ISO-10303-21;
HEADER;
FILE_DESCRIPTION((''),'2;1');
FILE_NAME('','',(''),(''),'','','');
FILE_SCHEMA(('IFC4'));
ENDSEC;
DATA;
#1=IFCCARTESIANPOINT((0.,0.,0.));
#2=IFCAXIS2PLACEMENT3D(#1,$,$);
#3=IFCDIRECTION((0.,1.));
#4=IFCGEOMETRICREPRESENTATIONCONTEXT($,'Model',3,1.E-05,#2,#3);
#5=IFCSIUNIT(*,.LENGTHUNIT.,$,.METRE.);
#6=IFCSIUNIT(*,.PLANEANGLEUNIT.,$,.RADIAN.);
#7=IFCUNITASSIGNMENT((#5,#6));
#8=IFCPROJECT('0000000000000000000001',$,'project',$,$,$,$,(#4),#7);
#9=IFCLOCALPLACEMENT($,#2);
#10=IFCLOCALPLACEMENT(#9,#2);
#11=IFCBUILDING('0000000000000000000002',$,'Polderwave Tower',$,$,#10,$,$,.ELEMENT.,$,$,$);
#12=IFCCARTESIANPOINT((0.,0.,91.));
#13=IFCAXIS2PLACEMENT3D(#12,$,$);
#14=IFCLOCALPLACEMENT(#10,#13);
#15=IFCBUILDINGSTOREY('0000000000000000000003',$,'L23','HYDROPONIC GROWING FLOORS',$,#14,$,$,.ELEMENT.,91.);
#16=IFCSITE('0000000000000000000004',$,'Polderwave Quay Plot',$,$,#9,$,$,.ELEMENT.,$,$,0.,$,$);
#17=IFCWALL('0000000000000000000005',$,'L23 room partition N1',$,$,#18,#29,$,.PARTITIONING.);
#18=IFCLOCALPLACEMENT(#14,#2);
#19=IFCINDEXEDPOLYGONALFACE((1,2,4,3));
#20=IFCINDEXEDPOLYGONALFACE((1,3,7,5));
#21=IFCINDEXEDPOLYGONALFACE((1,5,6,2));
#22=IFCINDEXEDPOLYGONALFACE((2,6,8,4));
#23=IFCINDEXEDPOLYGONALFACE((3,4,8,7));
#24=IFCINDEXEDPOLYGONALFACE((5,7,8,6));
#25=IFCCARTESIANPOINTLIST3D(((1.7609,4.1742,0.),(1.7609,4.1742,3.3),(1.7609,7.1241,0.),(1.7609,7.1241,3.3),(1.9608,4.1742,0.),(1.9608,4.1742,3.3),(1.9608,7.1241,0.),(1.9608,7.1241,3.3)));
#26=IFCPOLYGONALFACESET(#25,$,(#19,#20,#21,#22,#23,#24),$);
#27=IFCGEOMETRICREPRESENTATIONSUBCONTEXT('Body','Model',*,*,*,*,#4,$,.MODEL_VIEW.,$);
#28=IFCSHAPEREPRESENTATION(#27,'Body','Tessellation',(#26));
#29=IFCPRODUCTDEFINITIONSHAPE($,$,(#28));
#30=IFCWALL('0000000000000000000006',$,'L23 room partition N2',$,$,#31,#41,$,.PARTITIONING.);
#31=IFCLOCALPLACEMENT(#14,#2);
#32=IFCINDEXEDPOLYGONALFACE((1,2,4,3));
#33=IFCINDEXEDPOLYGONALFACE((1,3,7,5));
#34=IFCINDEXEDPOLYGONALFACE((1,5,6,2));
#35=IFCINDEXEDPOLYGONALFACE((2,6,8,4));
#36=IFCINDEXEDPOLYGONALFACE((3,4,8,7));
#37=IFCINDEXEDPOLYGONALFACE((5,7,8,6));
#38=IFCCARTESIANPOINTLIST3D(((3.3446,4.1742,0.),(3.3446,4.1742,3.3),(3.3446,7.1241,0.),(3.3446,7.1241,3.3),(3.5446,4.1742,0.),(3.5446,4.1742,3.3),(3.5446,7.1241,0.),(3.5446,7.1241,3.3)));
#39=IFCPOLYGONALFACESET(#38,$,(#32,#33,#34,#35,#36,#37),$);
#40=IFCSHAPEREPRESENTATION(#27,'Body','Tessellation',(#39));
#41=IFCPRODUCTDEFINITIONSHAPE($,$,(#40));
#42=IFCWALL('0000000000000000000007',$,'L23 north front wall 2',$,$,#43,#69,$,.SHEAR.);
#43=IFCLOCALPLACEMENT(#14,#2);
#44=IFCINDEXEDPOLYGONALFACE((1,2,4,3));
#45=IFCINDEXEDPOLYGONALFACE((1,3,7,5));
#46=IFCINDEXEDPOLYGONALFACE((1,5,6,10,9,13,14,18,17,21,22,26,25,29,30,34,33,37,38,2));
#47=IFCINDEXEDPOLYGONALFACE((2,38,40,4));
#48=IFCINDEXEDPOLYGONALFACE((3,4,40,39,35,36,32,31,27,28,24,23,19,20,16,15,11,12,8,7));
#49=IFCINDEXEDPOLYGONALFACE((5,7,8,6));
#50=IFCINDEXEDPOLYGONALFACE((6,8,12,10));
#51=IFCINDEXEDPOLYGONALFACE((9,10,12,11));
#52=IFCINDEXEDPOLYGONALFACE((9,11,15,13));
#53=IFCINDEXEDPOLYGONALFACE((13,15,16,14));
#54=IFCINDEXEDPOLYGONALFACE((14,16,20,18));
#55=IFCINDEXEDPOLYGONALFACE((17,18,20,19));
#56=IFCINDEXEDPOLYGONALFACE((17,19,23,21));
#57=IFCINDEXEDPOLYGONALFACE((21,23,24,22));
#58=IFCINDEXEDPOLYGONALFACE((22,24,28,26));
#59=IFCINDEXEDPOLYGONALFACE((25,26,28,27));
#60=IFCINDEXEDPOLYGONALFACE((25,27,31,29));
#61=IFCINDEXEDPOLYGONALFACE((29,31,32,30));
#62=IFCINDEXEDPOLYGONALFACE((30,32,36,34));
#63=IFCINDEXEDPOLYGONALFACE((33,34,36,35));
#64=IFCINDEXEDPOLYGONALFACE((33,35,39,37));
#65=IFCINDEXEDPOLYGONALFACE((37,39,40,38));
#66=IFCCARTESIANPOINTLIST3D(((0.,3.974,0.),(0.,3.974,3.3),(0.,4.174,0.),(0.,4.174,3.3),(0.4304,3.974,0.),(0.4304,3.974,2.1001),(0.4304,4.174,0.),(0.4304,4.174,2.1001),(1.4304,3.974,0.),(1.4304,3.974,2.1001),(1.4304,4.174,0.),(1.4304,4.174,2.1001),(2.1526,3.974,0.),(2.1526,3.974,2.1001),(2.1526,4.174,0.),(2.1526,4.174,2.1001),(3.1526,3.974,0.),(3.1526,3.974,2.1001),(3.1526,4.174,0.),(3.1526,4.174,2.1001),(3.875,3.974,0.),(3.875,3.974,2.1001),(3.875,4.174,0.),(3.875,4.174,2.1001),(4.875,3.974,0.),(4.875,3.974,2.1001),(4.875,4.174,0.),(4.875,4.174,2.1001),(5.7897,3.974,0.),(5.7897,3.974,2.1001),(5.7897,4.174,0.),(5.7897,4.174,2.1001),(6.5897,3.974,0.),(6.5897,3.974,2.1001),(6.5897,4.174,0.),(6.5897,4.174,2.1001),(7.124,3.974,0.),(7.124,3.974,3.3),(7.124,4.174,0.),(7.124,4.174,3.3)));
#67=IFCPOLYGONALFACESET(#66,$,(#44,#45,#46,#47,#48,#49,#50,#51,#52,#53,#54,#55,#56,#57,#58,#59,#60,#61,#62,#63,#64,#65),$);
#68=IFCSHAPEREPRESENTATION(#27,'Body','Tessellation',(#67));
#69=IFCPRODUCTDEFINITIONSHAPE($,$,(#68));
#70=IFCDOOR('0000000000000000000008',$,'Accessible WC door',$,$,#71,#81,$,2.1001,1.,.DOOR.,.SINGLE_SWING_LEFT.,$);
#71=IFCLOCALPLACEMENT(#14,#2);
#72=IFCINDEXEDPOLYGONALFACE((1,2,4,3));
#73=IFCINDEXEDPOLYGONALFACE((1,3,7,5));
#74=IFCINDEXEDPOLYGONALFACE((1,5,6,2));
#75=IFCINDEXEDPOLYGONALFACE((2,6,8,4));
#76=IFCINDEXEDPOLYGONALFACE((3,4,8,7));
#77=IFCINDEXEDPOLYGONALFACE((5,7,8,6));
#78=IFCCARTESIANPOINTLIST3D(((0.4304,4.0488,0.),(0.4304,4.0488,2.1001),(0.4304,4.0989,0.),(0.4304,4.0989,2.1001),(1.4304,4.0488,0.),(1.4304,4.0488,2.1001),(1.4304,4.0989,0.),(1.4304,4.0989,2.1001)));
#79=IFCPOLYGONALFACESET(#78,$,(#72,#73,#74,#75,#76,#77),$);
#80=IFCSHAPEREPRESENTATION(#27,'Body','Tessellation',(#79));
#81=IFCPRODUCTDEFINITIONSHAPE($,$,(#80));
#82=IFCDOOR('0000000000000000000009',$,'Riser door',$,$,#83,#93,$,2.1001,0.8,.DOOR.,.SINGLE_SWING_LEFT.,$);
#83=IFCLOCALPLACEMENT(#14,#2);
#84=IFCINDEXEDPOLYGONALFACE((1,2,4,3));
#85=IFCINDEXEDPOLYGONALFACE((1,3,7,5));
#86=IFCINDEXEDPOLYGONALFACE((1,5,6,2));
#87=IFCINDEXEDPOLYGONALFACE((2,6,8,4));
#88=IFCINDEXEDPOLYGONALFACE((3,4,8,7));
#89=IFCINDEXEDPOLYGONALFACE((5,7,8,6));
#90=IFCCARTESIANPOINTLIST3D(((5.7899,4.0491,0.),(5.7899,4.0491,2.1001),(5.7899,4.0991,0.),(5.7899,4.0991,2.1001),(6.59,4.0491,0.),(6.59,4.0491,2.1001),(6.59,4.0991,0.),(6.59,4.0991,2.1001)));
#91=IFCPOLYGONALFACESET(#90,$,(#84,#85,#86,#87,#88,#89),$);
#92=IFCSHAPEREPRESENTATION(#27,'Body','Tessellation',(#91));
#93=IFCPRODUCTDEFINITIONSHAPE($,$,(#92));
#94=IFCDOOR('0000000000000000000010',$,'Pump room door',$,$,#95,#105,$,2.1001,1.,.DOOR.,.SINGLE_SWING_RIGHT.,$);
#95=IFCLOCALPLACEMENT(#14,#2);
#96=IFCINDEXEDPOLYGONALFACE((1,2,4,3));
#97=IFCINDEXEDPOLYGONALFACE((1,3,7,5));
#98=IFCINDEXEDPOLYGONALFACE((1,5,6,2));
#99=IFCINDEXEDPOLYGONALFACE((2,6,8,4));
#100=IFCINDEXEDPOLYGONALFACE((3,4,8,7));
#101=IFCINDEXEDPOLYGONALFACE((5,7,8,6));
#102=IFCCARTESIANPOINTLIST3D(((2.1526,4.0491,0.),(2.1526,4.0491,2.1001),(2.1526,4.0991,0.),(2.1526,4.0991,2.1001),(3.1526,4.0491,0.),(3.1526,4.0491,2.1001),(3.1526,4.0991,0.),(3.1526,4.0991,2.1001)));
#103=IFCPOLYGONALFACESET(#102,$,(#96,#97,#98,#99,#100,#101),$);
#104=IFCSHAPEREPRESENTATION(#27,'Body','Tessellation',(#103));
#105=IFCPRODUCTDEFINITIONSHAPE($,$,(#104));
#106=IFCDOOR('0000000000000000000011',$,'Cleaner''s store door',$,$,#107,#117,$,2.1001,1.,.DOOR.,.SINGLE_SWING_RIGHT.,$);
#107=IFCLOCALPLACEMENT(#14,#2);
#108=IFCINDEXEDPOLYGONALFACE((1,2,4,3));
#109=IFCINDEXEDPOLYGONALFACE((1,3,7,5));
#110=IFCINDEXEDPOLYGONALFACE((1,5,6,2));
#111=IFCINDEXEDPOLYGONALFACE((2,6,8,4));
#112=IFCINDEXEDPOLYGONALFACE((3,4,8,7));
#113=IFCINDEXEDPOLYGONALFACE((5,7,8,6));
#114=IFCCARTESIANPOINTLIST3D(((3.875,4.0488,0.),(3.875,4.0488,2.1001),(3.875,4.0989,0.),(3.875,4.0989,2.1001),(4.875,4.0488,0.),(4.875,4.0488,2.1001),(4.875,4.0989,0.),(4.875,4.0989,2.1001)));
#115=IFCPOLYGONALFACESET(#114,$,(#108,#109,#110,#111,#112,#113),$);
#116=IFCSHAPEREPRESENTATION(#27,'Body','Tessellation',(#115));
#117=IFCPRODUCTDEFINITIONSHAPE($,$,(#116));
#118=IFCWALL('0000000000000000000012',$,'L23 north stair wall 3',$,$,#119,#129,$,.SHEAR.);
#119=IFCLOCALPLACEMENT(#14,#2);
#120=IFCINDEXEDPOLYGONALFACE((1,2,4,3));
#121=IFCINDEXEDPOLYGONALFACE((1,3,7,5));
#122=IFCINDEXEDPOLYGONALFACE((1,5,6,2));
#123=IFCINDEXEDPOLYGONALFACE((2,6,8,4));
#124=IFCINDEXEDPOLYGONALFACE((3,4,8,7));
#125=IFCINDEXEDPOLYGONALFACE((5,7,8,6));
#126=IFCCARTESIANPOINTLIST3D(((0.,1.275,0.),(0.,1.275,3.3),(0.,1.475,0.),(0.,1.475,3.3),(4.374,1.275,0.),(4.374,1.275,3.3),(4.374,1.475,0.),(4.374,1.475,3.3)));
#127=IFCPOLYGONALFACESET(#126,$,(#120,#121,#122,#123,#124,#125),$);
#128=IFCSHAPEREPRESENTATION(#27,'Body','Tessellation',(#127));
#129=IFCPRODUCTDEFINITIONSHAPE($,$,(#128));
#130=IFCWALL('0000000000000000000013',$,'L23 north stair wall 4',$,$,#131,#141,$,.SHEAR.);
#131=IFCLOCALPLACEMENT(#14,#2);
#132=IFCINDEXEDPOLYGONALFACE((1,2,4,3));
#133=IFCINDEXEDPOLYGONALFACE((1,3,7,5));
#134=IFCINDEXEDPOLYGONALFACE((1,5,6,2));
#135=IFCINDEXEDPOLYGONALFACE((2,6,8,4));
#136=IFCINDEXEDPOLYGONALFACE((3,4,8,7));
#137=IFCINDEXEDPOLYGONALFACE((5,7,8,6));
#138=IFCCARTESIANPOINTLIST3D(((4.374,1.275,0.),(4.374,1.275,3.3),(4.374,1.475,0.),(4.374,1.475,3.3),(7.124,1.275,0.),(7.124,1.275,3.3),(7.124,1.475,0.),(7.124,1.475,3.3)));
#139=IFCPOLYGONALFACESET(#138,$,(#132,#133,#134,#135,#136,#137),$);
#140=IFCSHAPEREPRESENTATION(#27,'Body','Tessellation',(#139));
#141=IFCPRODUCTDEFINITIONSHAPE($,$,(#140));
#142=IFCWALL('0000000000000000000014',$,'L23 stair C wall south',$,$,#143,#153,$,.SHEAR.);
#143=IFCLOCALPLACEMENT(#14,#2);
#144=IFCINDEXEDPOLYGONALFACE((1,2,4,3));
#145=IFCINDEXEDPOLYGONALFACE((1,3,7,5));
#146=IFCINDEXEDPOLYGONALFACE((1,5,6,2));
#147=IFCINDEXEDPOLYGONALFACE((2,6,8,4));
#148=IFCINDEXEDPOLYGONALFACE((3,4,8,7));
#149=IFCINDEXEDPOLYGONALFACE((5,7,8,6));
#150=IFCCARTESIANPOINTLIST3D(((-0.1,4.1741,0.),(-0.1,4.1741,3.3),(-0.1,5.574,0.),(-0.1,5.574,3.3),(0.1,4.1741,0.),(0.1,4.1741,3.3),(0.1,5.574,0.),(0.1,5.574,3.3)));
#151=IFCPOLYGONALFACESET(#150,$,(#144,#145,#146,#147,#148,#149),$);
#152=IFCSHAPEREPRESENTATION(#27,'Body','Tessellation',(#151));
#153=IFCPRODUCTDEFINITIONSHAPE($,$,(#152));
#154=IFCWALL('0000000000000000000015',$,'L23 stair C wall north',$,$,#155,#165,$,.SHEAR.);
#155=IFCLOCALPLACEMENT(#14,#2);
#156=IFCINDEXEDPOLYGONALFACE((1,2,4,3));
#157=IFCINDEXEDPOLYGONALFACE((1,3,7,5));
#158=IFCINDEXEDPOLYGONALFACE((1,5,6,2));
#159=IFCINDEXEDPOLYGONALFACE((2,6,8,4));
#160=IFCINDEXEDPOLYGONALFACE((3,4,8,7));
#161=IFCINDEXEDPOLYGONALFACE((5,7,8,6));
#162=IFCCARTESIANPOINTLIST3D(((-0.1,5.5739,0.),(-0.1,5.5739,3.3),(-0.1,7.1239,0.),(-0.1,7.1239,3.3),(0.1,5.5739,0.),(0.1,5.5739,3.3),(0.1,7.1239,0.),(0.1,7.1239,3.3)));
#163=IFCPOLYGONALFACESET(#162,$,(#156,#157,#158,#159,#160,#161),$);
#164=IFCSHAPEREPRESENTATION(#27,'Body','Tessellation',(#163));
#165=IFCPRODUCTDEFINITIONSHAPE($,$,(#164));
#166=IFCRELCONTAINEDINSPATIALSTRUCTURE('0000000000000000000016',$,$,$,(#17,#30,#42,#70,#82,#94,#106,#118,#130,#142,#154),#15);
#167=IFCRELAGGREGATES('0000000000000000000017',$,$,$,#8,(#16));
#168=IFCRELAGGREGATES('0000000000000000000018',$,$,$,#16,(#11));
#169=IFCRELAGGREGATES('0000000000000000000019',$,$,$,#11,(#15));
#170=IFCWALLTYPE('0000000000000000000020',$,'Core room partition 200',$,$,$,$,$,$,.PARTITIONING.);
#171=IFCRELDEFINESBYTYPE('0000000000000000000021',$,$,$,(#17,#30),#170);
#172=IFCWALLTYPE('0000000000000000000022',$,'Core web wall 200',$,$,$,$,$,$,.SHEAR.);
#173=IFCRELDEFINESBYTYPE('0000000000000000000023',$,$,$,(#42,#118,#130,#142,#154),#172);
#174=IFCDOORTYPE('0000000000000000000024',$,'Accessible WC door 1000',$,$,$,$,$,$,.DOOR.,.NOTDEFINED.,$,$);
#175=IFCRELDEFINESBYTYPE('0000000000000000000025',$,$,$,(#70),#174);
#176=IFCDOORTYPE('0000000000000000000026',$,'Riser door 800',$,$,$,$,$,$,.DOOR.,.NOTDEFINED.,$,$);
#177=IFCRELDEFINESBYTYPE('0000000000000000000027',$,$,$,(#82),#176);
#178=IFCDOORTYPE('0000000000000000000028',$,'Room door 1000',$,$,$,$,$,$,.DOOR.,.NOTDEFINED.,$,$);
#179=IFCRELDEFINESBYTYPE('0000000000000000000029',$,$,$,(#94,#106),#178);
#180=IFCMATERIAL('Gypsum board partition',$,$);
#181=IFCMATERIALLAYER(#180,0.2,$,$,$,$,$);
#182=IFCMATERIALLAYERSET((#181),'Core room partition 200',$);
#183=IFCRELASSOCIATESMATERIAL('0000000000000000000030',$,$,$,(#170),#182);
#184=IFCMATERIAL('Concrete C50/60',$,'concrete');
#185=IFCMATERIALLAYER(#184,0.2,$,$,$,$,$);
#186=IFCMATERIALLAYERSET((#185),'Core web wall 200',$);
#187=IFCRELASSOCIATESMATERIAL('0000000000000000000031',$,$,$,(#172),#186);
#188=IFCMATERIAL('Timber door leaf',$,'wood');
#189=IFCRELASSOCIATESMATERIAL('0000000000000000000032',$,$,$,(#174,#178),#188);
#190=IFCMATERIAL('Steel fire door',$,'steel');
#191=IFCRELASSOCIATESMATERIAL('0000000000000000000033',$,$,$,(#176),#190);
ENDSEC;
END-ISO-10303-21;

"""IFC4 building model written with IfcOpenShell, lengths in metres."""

from ifc_helpers import new_model, si_unit, direction, frame, frame_2d, origin, place, context, subcontext, project, spatial, rectangle, extrude, material, layer, layer_set, type_object, element, fill, save


model = new_model("IFC4")

# Units and contexts
model_context = context("Model", 3, precision=1e-05, world=origin(), true_north=direction((0.0, 1.0)))
body_context = subcontext(model_context, "Body", "Model", "MODEL_VIEW")
ifc_project = project(units=[si_unit("LENGTHUNIT", "METRE"), si_unit("PLANEANGLEUNIT", "RADIAN")], contexts=[model_context])

# Site, building, storey
site_placement = place(None, origin())
site = spatial("IfcSite", under=ifc_project, at=site_placement, Name="Polderwave Quay Plot", CompositionType="ELEMENT", RefElevation=0.0)
building_placement = place(site_placement, origin())
building = spatial("IfcBuilding", under=site, at=building_placement, Name="Polderwave Tower", CompositionType="ELEMENT")
storey_placement = place(building_placement, frame((0.0, 0.0, 91.0)))
storey = spatial("IfcBuildingStorey", under=building, at=storey_placement, Name="L23", Description="HYDROPONIC GROWING FLOORS", CompositionType="ELEMENT", Elevation=91.0)

# Walls
ifc_material_1 = material(Name="Gypsum board partition")
ifc_layer_1 = layer(ifc_material_1, 0.2)
ifc_layer_set_1 = layer_set([ifc_layer_1], Name="Core room partition 200")
wall_type_1 = type_object("IfcWallType", Name="Core room partition 200", PredefinedType="PARTITIONING", material=ifc_layer_set_1)
for number, where, z_axis, x_axis, name in (
    (1, (1.8608, 4.1741, 0.0), (0.0, 0.0, 1.0), (0.0, 1.0, 0.0), "L23 room partition N1"),
    (2, (3.4446, 4.1741, 0.0), (0.0, 0.0, 1.0), (0.0, 1.0, 0.0), "L23 room partition N2"),
):
    element("IfcWall", number, at=place(storey_placement, frame(where, z_axis=z_axis, x_axis=x_axis)), inside=storey, type_object=wall_type_1, Name=name, PredefinedType="PARTITIONING", context=body_context, shape_type="SweptSolid", body=[
        extrude(rectangle(XDim=2.95, YDim=0.2, at=frame_2d((1.4751, 0.0))), origin(), (0.0, 0.0, 1.0), 3.3),
    ])

# Wall, openings, doors
ifc_material_2 = material(Name="Concrete C50/60", Category="concrete")
ifc_layer_2 = layer(ifc_material_2, 0.2)
ifc_layer_set_2 = layer_set([ifc_layer_2], Name="Core web wall 200")
wall_type_2 = type_object("IfcWallType", Name="Core web wall 200", PredefinedType="SHEAR", material=ifc_layer_set_2)
wall_1_placement = place(storey_placement, frame((0.0, 4.074, 0.0), z_axis=(0.0, 0.0, 1.0), x_axis=(1.0, 0.0, 0.0)))
wall_1 = element("IfcWall", 3, at=wall_1_placement, inside=storey, type_object=wall_type_2, Name="L23 north front wall 2", PredefinedType="SHEAR", context=body_context, shape_type="SweptSolid", body=[
    extrude(rectangle(XDim=7.124, YDim=0.2, at=frame_2d((3.562, 0.0))), origin(), (0.0, 0.0, 1.0), 3.3),
])
opening_1_placement = place(wall_1_placement, frame((0.4304, 0.0, 0.0)))
opening_1 = element("IfcOpeningElement", 4, at=opening_1_placement, cuts=wall_1, PredefinedType="OPENING", context=body_context, shape_type="SweptSolid", body=[
    extrude(rectangle(XDim=1.0, YDim=2.1001, at=frame_2d((0.5, 1.05))), frame((0.0, 0.1099, 0.0), z_axis=(0.0, -1.0, 0.0), x_axis=(1.0, 0.0, 0.0)), (0.0, 0.0, 1.0), 0.22),
])
opening_2_placement = place(wall_1_placement, frame((2.1526, 0.0, 0.0)))
opening_2 = element("IfcOpeningElement", 5, at=opening_2_placement, cuts=wall_1, PredefinedType="OPENING", context=body_context, shape_type="SweptSolid", body=[
    extrude(rectangle(XDim=1.0, YDim=2.1001, at=frame_2d((0.5, 1.05))), frame((0.0, 0.1099, 0.0), z_axis=(0.0, -1.0, 0.0), x_axis=(1.0, 0.0, 0.0)), (0.0, 0.0, 1.0), 0.22),
])
opening_3_placement = place(wall_1_placement, frame((3.875, 0.0, 0.0)))
opening_3 = element("IfcOpeningElement", 6, at=opening_3_placement, cuts=wall_1, PredefinedType="OPENING", context=body_context, shape_type="SweptSolid", body=[
    extrude(rectangle(XDim=1.0, YDim=2.1001, at=frame_2d((0.5, 1.05))), frame((0.0, 0.1099, 0.0), z_axis=(0.0, -1.0, 0.0), x_axis=(1.0, 0.0, 0.0)), (0.0, 0.0, 1.0), 0.22),
])
opening_4_placement = place(wall_1_placement, frame((5.7898, 0.0, 0.0)))
opening_4 = element("IfcOpeningElement", 7, at=opening_4_placement, cuts=wall_1, PredefinedType="OPENING", context=body_context, shape_type="SweptSolid", body=[
    extrude(rectangle(XDim=0.8, YDim=2.1001, at=frame_2d((0.3999, 1.05))), frame((0.0, 0.1099, 0.0), z_axis=(0.0, -1.0, 0.0), x_axis=(1.0, 0.0, 0.0)), (0.0, 0.0, 1.0), 0.22),
])
ifc_material_3 = material(Name="Timber door leaf", Category="wood")
door_type_1 = type_object("IfcDoorType", Name="Accessible WC door 1000", OperationType="NOTDEFINED", PredefinedType="DOOR", material=ifc_material_3)
door_1_placement = place(opening_1_placement, origin())
door_1 = element("IfcDoor", 8, at=door_1_placement, inside=storey, type_object=door_type_1, Name="Accessible WC door", OperationType="SINGLE_SWING_LEFT", OverallHeight=2.1001, OverallWidth=1.0, PredefinedType="DOOR", context=body_context, shape_type="SweptSolid", body=[
    extrude(rectangle(XDim=1.0, YDim=2.1001, at=frame_2d((0.5, 1.05))), frame((0.0, 0.0249, 0.0), z_axis=(0.0, -1.0, 0.0), x_axis=(1.0, 0.0, 0.0)), (0.0, 0.0, 1.0), 0.05),
])
fill(opening_1, door_1)
ifc_material_4 = material(Name="Steel fire door", Category="steel")
door_type_2 = type_object("IfcDoorType", Name="Riser door 800", OperationType="NOTDEFINED", PredefinedType="DOOR", material=ifc_material_4)
door_2_placement = place(opening_4_placement, frame((0.8, 0.0, 0.0), z_axis=(0.0, 0.0, 1.0), x_axis=(-1.0, 0.0, 0.0)))
door_2 = element("IfcDoor", 9, at=door_2_placement, inside=storey, type_object=door_type_2, Name="Riser door", OperationType="SINGLE_SWING_LEFT", OverallHeight=2.1001, OverallWidth=0.8, PredefinedType="DOOR", context=body_context, shape_type="SweptSolid", body=[
    extrude(rectangle(XDim=0.8, YDim=2.1001, at=frame_2d((0.3999, 1.05))), frame((0.0, 0.0249, 0.0), z_axis=(0.0, -1.0, 0.0), x_axis=(1.0, 0.0, 0.0)), (0.0, 0.0, 1.0), 0.05),
])
fill(opening_4, door_2)
door_type_3 = type_object("IfcDoorType", Name="Room door 1000", OperationType="NOTDEFINED", PredefinedType="DOOR", material=ifc_material_3)
door_3_placement = place(opening_2_placement, frame((1.0, 0.0, 0.0), z_axis=(0.0, 0.0, 1.0), x_axis=(-1.0, 0.0, 0.0)))
door_3 = element("IfcDoor", 10, at=door_3_placement, inside=storey, type_object=door_type_3, Name="Pump room door", OperationType="SINGLE_SWING_RIGHT", OverallHeight=2.1001, OverallWidth=1.0, PredefinedType="DOOR", context=body_context, shape_type="SweptSolid", body=[
    extrude(rectangle(XDim=1.0, YDim=2.1001, at=frame_2d((0.5, 1.05))), frame((0.0, 0.0249, 0.0), z_axis=(0.0, -1.0, 0.0), x_axis=(1.0, 0.0, 0.0)), (0.0, 0.0, 1.0), 0.05),
])
fill(opening_2, door_3)
door_4_placement = place(opening_3_placement, origin())
door_4 = element("IfcDoor", 11, at=door_4_placement, inside=storey, type_object=door_type_3, Name="Cleaner's store door", OperationType="SINGLE_SWING_RIGHT", OverallHeight=2.1001, OverallWidth=1.0, PredefinedType="DOOR", context=body_context, shape_type="SweptSolid", body=[
    extrude(rectangle(XDim=1.0, YDim=2.1001, at=frame_2d((0.5, 1.05))), frame((0.0, 0.0249, 0.0), z_axis=(0.0, -1.0, 0.0), x_axis=(1.0, 0.0, 0.0)), (0.0, 0.0, 1.0), 0.05),
])
fill(opening_3, door_4)

# Walls
wall_2_placement = place(storey_placement, frame((0.0, 1.375, 0.0), z_axis=(0.0, 0.0, 1.0), x_axis=(1.0, 0.0, 0.0)))
element("IfcWall", 12, at=wall_2_placement, inside=storey, type_object=wall_type_2, Name="L23 north stair wall 3", PredefinedType="SHEAR", context=body_context, shape_type="SweptSolid", body=[
    extrude(rectangle(XDim=4.374, YDim=0.2, at=frame_2d((2.187, 0.0))), origin(), (0.0, 0.0, 1.0), 3.3),
])
wall_3_placement = place(storey_placement, frame((4.374, 1.375, 0.0), z_axis=(0.0, 0.0, 1.0), x_axis=(1.0, 0.0, 0.0)))
element("IfcWall", 13, at=wall_3_placement, inside=storey, type_object=wall_type_2, Name="L23 north stair wall 4", PredefinedType="SHEAR", context=body_context, shape_type="SweptSolid", body=[
    extrude(rectangle(XDim=2.75, YDim=0.2, at=frame_2d((1.375, 0.0))), origin(), (0.0, 0.0, 1.0), 3.3),
])
wall_4_placement = place(storey_placement, frame((0.0, 4.1741, 0.0), z_axis=(0.0, 0.0, 1.0), x_axis=(0.0, 1.0, 0.0)))
element("IfcWall", 14, at=wall_4_placement, inside=storey, type_object=wall_type_2, Name="L23 stair C wall south", PredefinedType="SHEAR", context=body_context, shape_type="SweptSolid", body=[
    extrude(rectangle(XDim=1.3999, YDim=0.2, at=frame_2d((0.7, 0.0))), origin(), (0.0, 0.0, 1.0), 3.3),
])
wall_5_placement = place(storey_placement, frame((0.0, 5.574, 0.0), z_axis=(0.0, 0.0, 1.0), x_axis=(0.0, 1.0, 0.0)))
element("IfcWall", 15, at=wall_5_placement, inside=storey, type_object=wall_type_2, Name="L23 stair C wall north", PredefinedType="SHEAR", context=body_context, shape_type="SweptSolid", body=[
    extrude(rectangle(XDim=1.55, YDim=0.2, at=frame_2d((0.7749, 0.0))), origin(), (0.0, 0.0, 1.0), 3.3),
])

save(model, "model.ifc")
